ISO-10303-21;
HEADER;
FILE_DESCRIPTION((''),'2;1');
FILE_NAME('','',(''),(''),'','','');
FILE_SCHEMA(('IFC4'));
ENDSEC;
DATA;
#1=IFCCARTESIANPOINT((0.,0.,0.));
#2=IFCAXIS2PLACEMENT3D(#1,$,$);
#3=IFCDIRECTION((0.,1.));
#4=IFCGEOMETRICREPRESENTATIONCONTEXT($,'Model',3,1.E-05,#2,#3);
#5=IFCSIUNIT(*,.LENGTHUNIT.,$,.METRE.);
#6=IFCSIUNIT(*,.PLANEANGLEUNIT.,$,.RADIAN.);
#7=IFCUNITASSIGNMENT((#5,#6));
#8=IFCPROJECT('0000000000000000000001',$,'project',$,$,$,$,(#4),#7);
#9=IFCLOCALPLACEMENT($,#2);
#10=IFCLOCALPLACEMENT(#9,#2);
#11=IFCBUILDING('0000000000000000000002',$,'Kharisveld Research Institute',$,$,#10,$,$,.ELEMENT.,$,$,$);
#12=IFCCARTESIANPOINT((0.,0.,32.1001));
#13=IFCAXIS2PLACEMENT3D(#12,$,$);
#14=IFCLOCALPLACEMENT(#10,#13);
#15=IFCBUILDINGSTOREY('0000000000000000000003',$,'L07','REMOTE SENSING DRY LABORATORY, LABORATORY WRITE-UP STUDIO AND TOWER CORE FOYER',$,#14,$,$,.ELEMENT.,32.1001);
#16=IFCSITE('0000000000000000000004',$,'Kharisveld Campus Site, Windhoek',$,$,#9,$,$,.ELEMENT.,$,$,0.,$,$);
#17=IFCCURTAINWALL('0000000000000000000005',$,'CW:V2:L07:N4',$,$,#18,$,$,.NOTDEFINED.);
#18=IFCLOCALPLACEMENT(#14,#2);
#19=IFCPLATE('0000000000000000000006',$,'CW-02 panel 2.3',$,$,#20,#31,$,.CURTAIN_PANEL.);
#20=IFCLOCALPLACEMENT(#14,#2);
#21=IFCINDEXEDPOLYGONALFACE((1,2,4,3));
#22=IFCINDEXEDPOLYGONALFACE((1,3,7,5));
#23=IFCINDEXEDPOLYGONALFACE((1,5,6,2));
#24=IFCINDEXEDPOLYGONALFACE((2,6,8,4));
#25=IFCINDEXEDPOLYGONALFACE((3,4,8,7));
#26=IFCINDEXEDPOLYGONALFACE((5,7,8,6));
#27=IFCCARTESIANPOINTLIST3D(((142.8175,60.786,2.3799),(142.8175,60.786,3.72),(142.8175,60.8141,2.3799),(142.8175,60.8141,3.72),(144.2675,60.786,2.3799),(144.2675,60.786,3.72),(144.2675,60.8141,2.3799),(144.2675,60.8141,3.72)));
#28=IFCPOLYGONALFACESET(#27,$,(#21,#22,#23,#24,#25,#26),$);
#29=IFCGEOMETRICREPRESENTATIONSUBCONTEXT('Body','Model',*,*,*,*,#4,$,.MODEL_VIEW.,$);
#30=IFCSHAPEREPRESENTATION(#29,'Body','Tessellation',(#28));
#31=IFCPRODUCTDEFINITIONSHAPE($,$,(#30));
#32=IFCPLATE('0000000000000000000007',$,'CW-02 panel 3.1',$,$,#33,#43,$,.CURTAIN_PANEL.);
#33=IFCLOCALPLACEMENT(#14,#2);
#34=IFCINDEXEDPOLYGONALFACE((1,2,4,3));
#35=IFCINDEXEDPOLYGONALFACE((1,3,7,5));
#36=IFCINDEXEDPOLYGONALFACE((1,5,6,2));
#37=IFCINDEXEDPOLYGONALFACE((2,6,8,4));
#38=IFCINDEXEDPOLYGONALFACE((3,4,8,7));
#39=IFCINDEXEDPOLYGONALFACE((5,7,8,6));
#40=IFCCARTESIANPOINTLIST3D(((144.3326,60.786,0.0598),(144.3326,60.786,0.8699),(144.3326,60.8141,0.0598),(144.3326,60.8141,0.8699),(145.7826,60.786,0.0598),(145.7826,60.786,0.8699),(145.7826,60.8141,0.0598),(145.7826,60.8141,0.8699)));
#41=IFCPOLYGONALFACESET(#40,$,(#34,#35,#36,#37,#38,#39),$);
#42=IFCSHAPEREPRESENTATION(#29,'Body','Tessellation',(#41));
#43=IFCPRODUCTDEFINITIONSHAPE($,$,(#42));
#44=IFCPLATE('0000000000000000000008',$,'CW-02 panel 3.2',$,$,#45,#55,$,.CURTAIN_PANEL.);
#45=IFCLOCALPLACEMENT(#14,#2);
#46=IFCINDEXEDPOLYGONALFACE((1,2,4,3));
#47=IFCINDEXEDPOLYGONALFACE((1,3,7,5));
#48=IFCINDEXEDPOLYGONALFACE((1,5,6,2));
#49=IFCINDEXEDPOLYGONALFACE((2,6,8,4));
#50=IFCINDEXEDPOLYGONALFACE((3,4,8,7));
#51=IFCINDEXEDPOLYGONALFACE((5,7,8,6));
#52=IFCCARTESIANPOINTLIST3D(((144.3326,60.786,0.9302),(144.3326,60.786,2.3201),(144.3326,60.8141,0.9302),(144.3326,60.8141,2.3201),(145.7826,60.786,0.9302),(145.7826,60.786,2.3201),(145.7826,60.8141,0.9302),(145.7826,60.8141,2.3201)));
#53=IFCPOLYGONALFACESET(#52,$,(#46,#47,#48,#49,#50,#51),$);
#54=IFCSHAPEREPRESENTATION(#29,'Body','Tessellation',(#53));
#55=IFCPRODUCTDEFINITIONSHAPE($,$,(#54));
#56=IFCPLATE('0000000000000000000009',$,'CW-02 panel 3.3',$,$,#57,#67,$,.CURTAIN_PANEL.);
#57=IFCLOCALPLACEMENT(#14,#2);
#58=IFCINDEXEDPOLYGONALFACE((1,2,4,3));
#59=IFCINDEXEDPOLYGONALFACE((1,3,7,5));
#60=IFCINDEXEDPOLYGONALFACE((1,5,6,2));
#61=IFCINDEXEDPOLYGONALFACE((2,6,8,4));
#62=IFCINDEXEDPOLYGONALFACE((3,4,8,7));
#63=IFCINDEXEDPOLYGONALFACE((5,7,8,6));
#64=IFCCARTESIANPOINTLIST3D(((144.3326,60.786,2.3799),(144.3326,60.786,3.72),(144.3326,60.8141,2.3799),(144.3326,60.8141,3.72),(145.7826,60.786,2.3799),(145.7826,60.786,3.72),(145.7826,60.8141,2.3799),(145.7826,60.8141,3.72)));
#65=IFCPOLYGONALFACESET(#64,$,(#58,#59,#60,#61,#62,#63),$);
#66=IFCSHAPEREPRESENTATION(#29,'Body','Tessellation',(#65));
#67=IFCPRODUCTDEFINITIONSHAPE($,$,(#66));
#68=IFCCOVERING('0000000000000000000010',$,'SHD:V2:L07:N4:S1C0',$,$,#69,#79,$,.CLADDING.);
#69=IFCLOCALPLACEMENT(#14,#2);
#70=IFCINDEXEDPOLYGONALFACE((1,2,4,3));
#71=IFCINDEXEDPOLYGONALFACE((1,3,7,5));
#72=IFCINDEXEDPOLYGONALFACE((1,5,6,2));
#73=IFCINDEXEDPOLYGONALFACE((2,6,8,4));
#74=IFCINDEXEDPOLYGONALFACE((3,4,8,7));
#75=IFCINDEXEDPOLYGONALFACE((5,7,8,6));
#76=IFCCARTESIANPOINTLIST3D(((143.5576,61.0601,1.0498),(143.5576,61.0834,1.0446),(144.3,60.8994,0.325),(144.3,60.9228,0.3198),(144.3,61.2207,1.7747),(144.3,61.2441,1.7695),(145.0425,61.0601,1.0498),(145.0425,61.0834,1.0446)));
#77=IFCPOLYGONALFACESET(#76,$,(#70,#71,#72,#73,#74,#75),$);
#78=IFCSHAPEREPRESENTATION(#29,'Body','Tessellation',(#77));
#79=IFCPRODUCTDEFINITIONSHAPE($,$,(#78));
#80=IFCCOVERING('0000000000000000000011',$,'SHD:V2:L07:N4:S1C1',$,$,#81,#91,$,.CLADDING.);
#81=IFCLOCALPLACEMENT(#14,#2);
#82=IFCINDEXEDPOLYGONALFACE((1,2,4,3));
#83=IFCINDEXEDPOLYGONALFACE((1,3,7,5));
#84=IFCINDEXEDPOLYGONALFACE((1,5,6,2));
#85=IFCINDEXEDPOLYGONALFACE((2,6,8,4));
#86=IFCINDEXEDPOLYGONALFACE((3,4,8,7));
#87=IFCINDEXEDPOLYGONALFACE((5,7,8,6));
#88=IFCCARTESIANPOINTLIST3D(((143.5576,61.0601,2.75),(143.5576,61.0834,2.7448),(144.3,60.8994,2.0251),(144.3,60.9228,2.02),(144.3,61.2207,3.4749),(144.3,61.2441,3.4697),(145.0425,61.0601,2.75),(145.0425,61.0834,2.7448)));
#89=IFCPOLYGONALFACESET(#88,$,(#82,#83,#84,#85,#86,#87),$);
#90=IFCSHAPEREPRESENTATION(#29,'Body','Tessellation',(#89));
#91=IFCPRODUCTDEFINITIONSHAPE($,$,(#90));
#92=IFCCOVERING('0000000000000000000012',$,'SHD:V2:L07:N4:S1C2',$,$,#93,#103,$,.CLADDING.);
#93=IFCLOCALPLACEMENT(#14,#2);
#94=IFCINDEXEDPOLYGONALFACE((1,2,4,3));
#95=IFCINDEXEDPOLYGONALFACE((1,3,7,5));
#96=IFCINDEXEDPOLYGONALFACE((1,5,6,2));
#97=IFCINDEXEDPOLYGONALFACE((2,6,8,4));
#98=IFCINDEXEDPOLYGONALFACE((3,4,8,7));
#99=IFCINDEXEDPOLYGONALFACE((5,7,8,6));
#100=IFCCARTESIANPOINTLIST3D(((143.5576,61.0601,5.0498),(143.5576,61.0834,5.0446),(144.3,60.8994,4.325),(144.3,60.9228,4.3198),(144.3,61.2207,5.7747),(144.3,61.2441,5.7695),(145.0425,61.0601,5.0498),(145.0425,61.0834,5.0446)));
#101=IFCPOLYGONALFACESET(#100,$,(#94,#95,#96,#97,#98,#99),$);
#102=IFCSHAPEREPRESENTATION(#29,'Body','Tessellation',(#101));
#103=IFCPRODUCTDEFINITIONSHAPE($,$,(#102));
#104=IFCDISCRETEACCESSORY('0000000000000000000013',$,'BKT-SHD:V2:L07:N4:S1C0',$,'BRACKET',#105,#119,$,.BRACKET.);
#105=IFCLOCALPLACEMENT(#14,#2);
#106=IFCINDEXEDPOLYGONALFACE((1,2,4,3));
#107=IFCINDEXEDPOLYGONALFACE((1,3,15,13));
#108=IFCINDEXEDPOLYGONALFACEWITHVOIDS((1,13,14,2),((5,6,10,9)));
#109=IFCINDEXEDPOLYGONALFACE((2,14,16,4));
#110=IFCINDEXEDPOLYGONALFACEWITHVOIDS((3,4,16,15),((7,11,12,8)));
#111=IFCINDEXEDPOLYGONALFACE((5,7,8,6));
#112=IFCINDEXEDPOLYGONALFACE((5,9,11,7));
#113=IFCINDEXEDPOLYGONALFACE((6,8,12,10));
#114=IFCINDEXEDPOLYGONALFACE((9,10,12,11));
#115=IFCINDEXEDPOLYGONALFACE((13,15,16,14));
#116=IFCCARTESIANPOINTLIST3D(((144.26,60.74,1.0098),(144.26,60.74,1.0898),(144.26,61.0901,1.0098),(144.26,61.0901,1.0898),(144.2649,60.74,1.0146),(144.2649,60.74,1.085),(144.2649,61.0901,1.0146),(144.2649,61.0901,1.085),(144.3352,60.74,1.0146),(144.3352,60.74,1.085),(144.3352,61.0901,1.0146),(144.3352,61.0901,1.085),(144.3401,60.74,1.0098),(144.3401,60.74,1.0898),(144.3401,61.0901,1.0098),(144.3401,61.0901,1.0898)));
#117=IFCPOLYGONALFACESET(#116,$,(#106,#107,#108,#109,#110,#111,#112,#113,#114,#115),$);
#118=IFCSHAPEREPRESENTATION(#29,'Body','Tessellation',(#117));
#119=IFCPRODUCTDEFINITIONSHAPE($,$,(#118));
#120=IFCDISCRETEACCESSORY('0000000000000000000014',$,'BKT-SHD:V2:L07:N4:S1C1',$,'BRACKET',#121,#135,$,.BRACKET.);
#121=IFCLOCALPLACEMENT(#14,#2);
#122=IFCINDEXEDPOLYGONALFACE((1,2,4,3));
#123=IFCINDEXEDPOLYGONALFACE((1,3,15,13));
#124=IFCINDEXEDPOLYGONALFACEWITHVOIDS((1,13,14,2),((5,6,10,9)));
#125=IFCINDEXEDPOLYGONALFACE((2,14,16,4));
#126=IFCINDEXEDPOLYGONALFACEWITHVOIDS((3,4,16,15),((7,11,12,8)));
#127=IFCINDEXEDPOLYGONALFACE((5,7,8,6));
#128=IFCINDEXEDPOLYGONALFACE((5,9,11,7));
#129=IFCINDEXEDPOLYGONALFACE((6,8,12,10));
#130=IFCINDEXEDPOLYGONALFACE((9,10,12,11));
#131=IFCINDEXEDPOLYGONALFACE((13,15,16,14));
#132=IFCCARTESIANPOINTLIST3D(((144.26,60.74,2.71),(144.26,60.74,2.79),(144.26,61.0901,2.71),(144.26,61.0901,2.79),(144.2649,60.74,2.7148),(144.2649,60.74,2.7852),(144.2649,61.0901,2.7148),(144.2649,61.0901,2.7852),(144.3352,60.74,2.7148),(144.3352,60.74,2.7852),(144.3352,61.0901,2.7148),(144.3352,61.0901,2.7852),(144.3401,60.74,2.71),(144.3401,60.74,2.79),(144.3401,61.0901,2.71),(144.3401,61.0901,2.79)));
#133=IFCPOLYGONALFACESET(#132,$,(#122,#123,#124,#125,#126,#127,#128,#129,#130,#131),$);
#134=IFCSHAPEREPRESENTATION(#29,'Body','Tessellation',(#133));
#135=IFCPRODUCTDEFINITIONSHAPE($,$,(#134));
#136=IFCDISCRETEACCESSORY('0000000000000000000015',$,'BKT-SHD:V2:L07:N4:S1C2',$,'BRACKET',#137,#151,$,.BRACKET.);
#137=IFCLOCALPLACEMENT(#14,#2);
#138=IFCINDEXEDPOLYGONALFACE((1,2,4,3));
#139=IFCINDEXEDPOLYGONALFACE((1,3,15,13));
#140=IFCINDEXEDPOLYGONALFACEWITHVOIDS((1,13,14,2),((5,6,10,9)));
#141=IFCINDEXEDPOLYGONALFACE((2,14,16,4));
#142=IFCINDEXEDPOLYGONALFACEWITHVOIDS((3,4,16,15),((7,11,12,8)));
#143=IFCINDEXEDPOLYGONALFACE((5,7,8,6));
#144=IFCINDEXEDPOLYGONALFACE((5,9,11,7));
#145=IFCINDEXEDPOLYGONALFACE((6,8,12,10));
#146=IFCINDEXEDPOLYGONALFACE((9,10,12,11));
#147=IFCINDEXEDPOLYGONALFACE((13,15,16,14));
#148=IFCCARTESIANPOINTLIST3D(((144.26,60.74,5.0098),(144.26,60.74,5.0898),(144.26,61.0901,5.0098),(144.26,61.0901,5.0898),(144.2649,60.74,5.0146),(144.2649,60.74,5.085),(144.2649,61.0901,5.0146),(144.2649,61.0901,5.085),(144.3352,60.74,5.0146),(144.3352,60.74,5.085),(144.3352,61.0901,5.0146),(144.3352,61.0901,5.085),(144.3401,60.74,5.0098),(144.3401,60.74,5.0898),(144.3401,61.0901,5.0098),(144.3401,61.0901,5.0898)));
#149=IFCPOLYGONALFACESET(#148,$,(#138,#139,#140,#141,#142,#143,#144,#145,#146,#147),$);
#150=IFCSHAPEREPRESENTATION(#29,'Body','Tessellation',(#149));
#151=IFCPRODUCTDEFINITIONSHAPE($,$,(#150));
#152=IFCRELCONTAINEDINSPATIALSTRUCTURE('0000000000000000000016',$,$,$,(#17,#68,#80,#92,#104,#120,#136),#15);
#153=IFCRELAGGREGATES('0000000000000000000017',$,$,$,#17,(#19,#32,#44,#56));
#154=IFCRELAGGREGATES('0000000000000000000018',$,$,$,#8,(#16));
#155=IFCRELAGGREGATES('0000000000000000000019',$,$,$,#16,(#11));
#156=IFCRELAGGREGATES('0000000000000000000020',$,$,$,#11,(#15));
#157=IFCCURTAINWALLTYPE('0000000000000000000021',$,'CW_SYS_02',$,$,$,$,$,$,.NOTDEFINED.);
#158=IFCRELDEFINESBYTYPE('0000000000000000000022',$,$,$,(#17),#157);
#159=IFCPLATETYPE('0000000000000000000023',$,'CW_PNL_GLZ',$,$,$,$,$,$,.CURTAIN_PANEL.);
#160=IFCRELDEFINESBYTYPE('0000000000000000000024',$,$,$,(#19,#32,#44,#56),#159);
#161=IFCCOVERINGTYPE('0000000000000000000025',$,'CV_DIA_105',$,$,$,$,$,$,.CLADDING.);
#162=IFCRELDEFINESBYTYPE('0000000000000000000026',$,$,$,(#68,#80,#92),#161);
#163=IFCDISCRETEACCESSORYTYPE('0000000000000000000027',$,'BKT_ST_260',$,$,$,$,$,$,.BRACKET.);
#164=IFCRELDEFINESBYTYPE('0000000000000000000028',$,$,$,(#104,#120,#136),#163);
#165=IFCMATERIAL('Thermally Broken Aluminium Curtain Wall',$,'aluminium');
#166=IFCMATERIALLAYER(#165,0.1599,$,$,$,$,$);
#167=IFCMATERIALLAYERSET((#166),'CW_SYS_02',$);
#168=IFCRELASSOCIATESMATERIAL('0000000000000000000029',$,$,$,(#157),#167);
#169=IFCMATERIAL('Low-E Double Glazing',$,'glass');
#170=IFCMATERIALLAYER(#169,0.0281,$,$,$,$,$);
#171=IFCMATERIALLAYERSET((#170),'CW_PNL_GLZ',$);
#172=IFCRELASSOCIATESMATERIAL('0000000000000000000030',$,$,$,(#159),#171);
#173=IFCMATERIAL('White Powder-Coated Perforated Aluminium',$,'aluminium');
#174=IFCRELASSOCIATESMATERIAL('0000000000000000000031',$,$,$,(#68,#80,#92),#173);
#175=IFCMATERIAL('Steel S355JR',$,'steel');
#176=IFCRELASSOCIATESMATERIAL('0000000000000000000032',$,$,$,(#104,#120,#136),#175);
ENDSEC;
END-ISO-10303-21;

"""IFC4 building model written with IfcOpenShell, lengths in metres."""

from ifc_helpers import new_model, si_unit, direction, frame, origin, origin_2d, place, context, subcontext, project, spatial, polyline, rectangle, hollow_rectangle, outline, extrude, material, layer, layer_set, type_object, element, aggregate, save


model = new_model("IFC4")

# Units and contexts
model_context = context("Model", 3, precision=1e-05, world=origin(), true_north=direction((0.0, 1.0)))
body_context = subcontext(model_context, "Body", "Model", "MODEL_VIEW")
ifc_project = project(units=[si_unit("LENGTHUNIT", "METRE"), si_unit("PLANEANGLEUNIT", "RADIAN")], contexts=[model_context])

# Site, building, storey
site_placement = place(None, origin())
site = spatial("IfcSite", under=ifc_project, at=site_placement, Name="Kharisveld Campus Site, Windhoek", CompositionType="ELEMENT", RefElevation=0.0)
building_placement = place(site_placement, origin())
building = spatial("IfcBuilding", under=site, at=building_placement, Name="Kharisveld Research Institute", CompositionType="ELEMENT")
storey_placement = place(building_placement, frame((0.0, 0.0, 32.1001)))
storey = spatial("IfcBuildingStorey", under=building, at=storey_placement, Name="L07", Description="REMOTE SENSING DRY LABORATORY, LABORATORY WRITE-UP STUDIO AND TOWER CORE FOYER", CompositionType="ELEMENT", Elevation=32.1001)

# Curtain wall, plates
ifc_material_1 = material(Name="Thermally Broken Aluminium Curtain Wall", Category="aluminium")
ifc_layer_1 = layer(ifc_material_1, 0.1599)
ifc_layer_set_1 = layer_set([ifc_layer_1], Name="CW_SYS_02")
curtain_wall_type = type_object("IfcCurtainWallType", Name="CW_SYS_02", PredefinedType="NOTDEFINED", material=ifc_layer_set_1)
curtain_wall_placement = place(storey_placement, origin())
curtain_wall = element("IfcCurtainWall", 1, at=curtain_wall_placement, inside=storey, type_object=curtain_wall_type, Name="CW:V2:L07:N4", PredefinedType="NOTDEFINED")
ifc_material_2 = material(Name="Low-E Double Glazing", Category="glass")
ifc_layer_2 = layer(ifc_material_2, 0.0281)
ifc_layer_set_2 = layer_set([ifc_layer_2], Name="CW_PNL_GLZ")
plate_type = type_object("IfcPlateType", Name="CW_PNL_GLZ", PredefinedType="CURTAIN_PANEL", material=ifc_layer_set_2)
plate_1_placement = place(storey_placement, frame((143.5425, 60.8, 2.3799), z_axis=(0.0, 0.0, 1.0), x_axis=(1.0, 0.0, 0.0)))
plate_1 = element("IfcPlate", 2, at=plate_1_placement, type_object=plate_type, Name="CW-02 panel 2.3", PredefinedType="CURTAIN_PANEL", context=body_context, shape_type="SweptSolid", body=[
    extrude(rectangle(XDim=1.45, YDim=0.0281, at=origin_2d()), origin(), (0.0, 0.0, 1.0), 1.3401),
])
plate_2_placement = place(storey_placement, frame((145.0576, 60.8, 0.0598), z_axis=(0.0, 0.0, 1.0), x_axis=(1.0, 0.0, 0.0)))
plate_2 = element("IfcPlate", 3, at=plate_2_placement, type_object=plate_type, Name="CW-02 panel 3.1", PredefinedType="CURTAIN_PANEL", context=body_context, shape_type="SweptSolid", body=[
    extrude(rectangle(XDim=1.45, YDim=0.0281, at=origin_2d()), origin(), (0.0, 0.0, 1.0), 0.8101),
])
plate_3_placement = place(storey_placement, frame((145.0576, 60.8, 0.9302), z_axis=(0.0, 0.0, 1.0), x_axis=(1.0, 0.0, 0.0)))
plate_3 = element("IfcPlate", 4, at=plate_3_placement, type_object=plate_type, Name="CW-02 panel 3.2", PredefinedType="CURTAIN_PANEL", context=body_context, shape_type="SweptSolid", body=[
    extrude(rectangle(XDim=1.45, YDim=0.0281, at=origin_2d()), origin(), (0.0, 0.0, 1.0), 1.3899),
])
plate_4_placement = place(storey_placement, frame((145.0576, 60.8, 2.3799), z_axis=(0.0, 0.0, 1.0), x_axis=(1.0, 0.0, 0.0)))
plate_4 = element("IfcPlate", 5, at=plate_4_placement, type_object=plate_type, Name="CW-02 panel 3.3", PredefinedType="CURTAIN_PANEL", context=body_context, shape_type="SweptSolid", body=[
    extrude(rectangle(XDim=1.45, YDim=0.0281, at=origin_2d()), origin(), (0.0, 0.0, 1.0), 1.3401),
])
aggregate(curtain_wall, [plate_1, plate_2, plate_3, plate_4])

# Coverings
ifc_material_3 = material(Name="White Powder-Coated Perforated Aluminium", Category="aluminium")
covering_type = type_object("IfcCoveringType", Name="CV_DIA_105", PredefinedType="CLADDING")
for number, where, z_axis, x_axis, name in (
    (6, (144.3, 60.8994, 0.325), (0.0, -0.976311, 0.216373), (0.707102, 0.153, 0.69036), "SHD:V2:L07:N4:S1C0"),
    (7, (144.3, 60.8994, 2.0251), (0.0, -0.976311, 0.216373), (0.707102, 0.153, 0.69036), "SHD:V2:L07:N4:S1C1"),
    (8, (144.3, 60.8994, 4.325), (0.0, -0.976311, 0.216373), (0.707102, 0.153, 0.69036), "SHD:V2:L07:N4:S1C2"),
):
    element("IfcCovering", number, at=place(storey_placement, frame(where, z_axis=z_axis, x_axis=x_axis)), inside=storey, type_object=covering_type, material=ifc_material_3, Name=name, PredefinedType="CLADDING", context=body_context, shape_type="SweptSolid", body=[
        extrude(outline(polyline([(0.0, 0.0), (1.05, 0.0), (1.05, 1.05), (0.0, 1.05), (0.0, 0.0)])), origin(), (0.0, 0.0, -1.0), 0.0239),
    ])

# Discrete accessories
ifc_material_4 = material(Name="Steel S355JR", Category="steel")
discrete_accessory_type = type_object("IfcDiscreteAccessoryType", Name="BKT_ST_260", PredefinedType="BRACKET")
for number, where, z_axis, x_axis, name in (
    (9, (144.3, 60.74, 1.0498), (0.0, 1.0, 0.0), (-1.0, 0.0, 0.0), "BKT-SHD:V2:L07:N4:S1C0"),
    (10, (144.3, 60.74, 2.75), (0.0, 1.0, 0.0), (-1.0, 0.0, 0.0), "BKT-SHD:V2:L07:N4:S1C1"),
    (11, (144.3, 60.74, 5.0498), (0.0, 1.0, 0.0), (-1.0, 0.0, 0.0), "BKT-SHD:V2:L07:N4:S1C2"),
):
    element("IfcDiscreteAccessory", number, at=place(storey_placement, frame(where, z_axis=z_axis, x_axis=x_axis)), inside=storey, type_object=discrete_accessory_type, material=ifc_material_4, Name=name, ObjectType="BRACKET", PredefinedType="BRACKET", context=body_context, shape_type="SweptSolid", body=[
        extrude(hollow_rectangle(XDim=0.0801, YDim=0.0801, WallThickness=0.0049, at=origin_2d()), origin(), (0.0, 0.0, 1.0), 0.3501),
    ])

save(model, "model.ifc")
